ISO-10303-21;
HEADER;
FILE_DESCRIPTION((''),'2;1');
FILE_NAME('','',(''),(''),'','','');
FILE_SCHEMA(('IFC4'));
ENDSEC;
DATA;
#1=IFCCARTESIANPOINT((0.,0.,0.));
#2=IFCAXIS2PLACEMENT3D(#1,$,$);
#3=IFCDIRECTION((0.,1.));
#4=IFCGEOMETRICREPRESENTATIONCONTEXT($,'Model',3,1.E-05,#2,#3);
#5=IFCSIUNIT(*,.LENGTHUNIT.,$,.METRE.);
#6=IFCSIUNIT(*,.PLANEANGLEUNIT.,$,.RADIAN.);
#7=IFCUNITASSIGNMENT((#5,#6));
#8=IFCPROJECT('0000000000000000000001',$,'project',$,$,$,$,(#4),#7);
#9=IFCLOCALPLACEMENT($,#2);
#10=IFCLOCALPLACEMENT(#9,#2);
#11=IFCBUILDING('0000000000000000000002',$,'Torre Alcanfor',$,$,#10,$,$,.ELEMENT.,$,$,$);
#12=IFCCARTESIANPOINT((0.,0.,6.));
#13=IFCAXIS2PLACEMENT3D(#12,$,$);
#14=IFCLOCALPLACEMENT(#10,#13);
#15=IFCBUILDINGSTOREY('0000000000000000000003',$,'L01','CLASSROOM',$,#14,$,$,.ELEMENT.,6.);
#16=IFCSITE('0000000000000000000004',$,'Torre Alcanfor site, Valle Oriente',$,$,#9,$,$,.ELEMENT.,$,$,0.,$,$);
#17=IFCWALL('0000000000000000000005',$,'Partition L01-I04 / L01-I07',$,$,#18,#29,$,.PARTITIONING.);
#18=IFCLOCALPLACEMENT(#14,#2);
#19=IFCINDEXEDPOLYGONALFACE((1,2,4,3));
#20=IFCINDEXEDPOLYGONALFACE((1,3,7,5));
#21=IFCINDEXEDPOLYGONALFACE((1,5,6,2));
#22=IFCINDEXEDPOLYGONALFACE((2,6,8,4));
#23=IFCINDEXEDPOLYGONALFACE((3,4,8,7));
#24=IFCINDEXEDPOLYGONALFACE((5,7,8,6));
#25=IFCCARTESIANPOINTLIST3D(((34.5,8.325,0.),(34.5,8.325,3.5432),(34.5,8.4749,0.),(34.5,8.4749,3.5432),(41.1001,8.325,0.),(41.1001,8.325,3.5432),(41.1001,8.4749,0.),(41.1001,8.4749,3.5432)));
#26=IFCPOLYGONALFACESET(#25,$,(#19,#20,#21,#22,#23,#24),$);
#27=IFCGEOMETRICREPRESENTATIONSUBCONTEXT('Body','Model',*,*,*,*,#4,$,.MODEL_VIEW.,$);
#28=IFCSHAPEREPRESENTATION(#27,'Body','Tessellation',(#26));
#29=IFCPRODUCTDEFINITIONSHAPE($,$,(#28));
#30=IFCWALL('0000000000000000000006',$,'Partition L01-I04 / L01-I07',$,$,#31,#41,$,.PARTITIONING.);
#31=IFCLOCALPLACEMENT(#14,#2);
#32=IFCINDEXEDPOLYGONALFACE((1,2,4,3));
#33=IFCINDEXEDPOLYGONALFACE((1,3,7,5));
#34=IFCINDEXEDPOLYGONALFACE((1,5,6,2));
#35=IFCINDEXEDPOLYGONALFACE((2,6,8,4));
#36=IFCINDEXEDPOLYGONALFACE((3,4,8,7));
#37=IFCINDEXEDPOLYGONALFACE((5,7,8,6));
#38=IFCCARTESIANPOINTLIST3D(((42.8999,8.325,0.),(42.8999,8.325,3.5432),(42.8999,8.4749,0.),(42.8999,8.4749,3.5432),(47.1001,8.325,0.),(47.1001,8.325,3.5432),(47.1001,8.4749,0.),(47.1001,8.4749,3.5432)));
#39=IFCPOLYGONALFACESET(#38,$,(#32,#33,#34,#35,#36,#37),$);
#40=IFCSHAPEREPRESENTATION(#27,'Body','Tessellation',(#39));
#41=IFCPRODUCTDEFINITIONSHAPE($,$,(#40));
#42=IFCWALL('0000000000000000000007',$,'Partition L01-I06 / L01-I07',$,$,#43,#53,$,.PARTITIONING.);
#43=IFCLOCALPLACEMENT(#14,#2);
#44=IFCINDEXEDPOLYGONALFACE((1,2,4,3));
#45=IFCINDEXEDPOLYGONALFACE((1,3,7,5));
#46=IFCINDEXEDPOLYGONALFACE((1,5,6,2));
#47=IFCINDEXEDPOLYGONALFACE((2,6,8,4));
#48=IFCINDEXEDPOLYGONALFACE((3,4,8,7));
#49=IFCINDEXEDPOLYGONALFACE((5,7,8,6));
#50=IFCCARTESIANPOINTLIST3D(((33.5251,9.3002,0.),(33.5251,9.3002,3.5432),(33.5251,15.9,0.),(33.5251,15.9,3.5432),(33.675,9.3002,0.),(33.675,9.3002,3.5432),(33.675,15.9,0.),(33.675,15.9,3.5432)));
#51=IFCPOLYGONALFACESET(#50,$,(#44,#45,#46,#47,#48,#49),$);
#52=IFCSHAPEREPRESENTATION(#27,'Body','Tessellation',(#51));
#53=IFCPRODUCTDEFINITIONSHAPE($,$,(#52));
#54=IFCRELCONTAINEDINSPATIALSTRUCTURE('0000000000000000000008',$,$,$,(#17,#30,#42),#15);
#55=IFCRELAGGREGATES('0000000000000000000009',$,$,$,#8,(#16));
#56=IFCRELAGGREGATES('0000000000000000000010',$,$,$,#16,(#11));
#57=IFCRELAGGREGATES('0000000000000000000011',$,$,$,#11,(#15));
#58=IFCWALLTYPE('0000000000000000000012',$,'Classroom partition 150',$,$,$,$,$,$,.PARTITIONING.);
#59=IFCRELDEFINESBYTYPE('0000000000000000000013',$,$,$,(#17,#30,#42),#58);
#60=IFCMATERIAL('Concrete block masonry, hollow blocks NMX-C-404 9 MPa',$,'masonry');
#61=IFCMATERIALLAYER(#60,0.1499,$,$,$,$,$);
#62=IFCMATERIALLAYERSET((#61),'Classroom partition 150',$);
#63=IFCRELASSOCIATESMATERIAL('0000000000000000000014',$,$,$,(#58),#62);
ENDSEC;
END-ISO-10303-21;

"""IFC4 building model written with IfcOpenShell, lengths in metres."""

from ifc_helpers import new_model, si_unit, direction, frame, frame_2d, origin, place, context, subcontext, project, spatial, rectangle, extrude, material, layer, layer_set, type_object, element, save


model = new_model("IFC4")

# Units and contexts
model_context = context("Model", 3, precision=1e-05, world=origin(), true_north=direction((0.0, 1.0)))
body_context = subcontext(model_context, "Body", "Model", "MODEL_VIEW")
ifc_project = project(units=[si_unit("LENGTHUNIT", "METRE"), si_unit("PLANEANGLEUNIT", "RADIAN")], contexts=[model_context])

# Site, building, storey
site_placement = place(None, origin())
site = spatial("IfcSite", under=ifc_project, at=site_placement, Name="Torre Alcanfor site, Valle Oriente", CompositionType="ELEMENT", RefElevation=0.0)
building_placement = place(site_placement, origin())
building = spatial("IfcBuilding", under=site, at=building_placement, Name="Torre Alcanfor", CompositionType="ELEMENT")
storey_placement = place(building_placement, frame((0.0, 0.0, 6.0)))
storey = spatial("IfcBuildingStorey", under=building, at=storey_placement, Name="L01", Description="CLASSROOM", CompositionType="ELEMENT", Elevation=6.0)

# Walls
ifc_material_1 = material(Name="Concrete block masonry, hollow blocks NMX-C-404 9 MPa", Category="masonry")
ifc_layer_1 = layer(ifc_material_1, 0.1499)
ifc_layer_set_1 = layer_set([ifc_layer_1], Name="Classroom partition 150")
wall_type_1 = type_object("IfcWallType", Name="Classroom partition 150", PredefinedType="PARTITIONING", material=ifc_layer_set_1)
wall_1_placement = place(storey_placement, frame((34.5, 8.3999, 0.0), z_axis=(0.0, 0.0, 1.0), x_axis=(1.0, 0.0, 0.0)))
element("IfcWall", 1, at=wall_1_placement, inside=storey, type_object=wall_type_1, Name="Partition L01-I04 / L01-I07", PredefinedType="PARTITIONING", context=body_context, shape_type="SweptSolid", body=[
    extrude(rectangle(XDim=6.6001, YDim=0.1499, at=frame_2d((3.3, 0.0))), origin(), (0.0, 0.0, 1.0), 3.5432),
])
wall_2_placement = place(storey_placement, frame((42.8999, 8.3999, 0.0), z_axis=(0.0, 0.0, 1.0), x_axis=(1.0, 0.0, 0.0)))
element("IfcWall", 2, at=wall_2_placement, inside=storey, type_object=wall_type_1, Name="Partition L01-I04 / L01-I07", PredefinedType="PARTITIONING", context=body_context, shape_type="SweptSolid", body=[
    extrude(rectangle(XDim=4.2002, YDim=0.1499, at=frame_2d((2.1001, 0.0))), origin(), (0.0, 0.0, 1.0), 3.5432),
])
wall_3_placement = place(storey_placement, frame((33.6001, 15.8999, 0.0), z_axis=(0.0, 0.0, 1.0), x_axis=(0.0, -1.0, 0.0)))
element("IfcWall", 3, at=wall_3_placement, inside=storey, type_object=wall_type_1, Name="Partition L01-I06 / L01-I07", PredefinedType="PARTITIONING", context=body_context, shape_type="SweptSolid", body=[
    extrude(rectangle(XDim=6.5999, YDim=0.1499, at=frame_2d((3.2998, 0.0))), origin(), (0.0, 0.0, 1.0), 3.5432),
])

save(model, "model.ifc")
